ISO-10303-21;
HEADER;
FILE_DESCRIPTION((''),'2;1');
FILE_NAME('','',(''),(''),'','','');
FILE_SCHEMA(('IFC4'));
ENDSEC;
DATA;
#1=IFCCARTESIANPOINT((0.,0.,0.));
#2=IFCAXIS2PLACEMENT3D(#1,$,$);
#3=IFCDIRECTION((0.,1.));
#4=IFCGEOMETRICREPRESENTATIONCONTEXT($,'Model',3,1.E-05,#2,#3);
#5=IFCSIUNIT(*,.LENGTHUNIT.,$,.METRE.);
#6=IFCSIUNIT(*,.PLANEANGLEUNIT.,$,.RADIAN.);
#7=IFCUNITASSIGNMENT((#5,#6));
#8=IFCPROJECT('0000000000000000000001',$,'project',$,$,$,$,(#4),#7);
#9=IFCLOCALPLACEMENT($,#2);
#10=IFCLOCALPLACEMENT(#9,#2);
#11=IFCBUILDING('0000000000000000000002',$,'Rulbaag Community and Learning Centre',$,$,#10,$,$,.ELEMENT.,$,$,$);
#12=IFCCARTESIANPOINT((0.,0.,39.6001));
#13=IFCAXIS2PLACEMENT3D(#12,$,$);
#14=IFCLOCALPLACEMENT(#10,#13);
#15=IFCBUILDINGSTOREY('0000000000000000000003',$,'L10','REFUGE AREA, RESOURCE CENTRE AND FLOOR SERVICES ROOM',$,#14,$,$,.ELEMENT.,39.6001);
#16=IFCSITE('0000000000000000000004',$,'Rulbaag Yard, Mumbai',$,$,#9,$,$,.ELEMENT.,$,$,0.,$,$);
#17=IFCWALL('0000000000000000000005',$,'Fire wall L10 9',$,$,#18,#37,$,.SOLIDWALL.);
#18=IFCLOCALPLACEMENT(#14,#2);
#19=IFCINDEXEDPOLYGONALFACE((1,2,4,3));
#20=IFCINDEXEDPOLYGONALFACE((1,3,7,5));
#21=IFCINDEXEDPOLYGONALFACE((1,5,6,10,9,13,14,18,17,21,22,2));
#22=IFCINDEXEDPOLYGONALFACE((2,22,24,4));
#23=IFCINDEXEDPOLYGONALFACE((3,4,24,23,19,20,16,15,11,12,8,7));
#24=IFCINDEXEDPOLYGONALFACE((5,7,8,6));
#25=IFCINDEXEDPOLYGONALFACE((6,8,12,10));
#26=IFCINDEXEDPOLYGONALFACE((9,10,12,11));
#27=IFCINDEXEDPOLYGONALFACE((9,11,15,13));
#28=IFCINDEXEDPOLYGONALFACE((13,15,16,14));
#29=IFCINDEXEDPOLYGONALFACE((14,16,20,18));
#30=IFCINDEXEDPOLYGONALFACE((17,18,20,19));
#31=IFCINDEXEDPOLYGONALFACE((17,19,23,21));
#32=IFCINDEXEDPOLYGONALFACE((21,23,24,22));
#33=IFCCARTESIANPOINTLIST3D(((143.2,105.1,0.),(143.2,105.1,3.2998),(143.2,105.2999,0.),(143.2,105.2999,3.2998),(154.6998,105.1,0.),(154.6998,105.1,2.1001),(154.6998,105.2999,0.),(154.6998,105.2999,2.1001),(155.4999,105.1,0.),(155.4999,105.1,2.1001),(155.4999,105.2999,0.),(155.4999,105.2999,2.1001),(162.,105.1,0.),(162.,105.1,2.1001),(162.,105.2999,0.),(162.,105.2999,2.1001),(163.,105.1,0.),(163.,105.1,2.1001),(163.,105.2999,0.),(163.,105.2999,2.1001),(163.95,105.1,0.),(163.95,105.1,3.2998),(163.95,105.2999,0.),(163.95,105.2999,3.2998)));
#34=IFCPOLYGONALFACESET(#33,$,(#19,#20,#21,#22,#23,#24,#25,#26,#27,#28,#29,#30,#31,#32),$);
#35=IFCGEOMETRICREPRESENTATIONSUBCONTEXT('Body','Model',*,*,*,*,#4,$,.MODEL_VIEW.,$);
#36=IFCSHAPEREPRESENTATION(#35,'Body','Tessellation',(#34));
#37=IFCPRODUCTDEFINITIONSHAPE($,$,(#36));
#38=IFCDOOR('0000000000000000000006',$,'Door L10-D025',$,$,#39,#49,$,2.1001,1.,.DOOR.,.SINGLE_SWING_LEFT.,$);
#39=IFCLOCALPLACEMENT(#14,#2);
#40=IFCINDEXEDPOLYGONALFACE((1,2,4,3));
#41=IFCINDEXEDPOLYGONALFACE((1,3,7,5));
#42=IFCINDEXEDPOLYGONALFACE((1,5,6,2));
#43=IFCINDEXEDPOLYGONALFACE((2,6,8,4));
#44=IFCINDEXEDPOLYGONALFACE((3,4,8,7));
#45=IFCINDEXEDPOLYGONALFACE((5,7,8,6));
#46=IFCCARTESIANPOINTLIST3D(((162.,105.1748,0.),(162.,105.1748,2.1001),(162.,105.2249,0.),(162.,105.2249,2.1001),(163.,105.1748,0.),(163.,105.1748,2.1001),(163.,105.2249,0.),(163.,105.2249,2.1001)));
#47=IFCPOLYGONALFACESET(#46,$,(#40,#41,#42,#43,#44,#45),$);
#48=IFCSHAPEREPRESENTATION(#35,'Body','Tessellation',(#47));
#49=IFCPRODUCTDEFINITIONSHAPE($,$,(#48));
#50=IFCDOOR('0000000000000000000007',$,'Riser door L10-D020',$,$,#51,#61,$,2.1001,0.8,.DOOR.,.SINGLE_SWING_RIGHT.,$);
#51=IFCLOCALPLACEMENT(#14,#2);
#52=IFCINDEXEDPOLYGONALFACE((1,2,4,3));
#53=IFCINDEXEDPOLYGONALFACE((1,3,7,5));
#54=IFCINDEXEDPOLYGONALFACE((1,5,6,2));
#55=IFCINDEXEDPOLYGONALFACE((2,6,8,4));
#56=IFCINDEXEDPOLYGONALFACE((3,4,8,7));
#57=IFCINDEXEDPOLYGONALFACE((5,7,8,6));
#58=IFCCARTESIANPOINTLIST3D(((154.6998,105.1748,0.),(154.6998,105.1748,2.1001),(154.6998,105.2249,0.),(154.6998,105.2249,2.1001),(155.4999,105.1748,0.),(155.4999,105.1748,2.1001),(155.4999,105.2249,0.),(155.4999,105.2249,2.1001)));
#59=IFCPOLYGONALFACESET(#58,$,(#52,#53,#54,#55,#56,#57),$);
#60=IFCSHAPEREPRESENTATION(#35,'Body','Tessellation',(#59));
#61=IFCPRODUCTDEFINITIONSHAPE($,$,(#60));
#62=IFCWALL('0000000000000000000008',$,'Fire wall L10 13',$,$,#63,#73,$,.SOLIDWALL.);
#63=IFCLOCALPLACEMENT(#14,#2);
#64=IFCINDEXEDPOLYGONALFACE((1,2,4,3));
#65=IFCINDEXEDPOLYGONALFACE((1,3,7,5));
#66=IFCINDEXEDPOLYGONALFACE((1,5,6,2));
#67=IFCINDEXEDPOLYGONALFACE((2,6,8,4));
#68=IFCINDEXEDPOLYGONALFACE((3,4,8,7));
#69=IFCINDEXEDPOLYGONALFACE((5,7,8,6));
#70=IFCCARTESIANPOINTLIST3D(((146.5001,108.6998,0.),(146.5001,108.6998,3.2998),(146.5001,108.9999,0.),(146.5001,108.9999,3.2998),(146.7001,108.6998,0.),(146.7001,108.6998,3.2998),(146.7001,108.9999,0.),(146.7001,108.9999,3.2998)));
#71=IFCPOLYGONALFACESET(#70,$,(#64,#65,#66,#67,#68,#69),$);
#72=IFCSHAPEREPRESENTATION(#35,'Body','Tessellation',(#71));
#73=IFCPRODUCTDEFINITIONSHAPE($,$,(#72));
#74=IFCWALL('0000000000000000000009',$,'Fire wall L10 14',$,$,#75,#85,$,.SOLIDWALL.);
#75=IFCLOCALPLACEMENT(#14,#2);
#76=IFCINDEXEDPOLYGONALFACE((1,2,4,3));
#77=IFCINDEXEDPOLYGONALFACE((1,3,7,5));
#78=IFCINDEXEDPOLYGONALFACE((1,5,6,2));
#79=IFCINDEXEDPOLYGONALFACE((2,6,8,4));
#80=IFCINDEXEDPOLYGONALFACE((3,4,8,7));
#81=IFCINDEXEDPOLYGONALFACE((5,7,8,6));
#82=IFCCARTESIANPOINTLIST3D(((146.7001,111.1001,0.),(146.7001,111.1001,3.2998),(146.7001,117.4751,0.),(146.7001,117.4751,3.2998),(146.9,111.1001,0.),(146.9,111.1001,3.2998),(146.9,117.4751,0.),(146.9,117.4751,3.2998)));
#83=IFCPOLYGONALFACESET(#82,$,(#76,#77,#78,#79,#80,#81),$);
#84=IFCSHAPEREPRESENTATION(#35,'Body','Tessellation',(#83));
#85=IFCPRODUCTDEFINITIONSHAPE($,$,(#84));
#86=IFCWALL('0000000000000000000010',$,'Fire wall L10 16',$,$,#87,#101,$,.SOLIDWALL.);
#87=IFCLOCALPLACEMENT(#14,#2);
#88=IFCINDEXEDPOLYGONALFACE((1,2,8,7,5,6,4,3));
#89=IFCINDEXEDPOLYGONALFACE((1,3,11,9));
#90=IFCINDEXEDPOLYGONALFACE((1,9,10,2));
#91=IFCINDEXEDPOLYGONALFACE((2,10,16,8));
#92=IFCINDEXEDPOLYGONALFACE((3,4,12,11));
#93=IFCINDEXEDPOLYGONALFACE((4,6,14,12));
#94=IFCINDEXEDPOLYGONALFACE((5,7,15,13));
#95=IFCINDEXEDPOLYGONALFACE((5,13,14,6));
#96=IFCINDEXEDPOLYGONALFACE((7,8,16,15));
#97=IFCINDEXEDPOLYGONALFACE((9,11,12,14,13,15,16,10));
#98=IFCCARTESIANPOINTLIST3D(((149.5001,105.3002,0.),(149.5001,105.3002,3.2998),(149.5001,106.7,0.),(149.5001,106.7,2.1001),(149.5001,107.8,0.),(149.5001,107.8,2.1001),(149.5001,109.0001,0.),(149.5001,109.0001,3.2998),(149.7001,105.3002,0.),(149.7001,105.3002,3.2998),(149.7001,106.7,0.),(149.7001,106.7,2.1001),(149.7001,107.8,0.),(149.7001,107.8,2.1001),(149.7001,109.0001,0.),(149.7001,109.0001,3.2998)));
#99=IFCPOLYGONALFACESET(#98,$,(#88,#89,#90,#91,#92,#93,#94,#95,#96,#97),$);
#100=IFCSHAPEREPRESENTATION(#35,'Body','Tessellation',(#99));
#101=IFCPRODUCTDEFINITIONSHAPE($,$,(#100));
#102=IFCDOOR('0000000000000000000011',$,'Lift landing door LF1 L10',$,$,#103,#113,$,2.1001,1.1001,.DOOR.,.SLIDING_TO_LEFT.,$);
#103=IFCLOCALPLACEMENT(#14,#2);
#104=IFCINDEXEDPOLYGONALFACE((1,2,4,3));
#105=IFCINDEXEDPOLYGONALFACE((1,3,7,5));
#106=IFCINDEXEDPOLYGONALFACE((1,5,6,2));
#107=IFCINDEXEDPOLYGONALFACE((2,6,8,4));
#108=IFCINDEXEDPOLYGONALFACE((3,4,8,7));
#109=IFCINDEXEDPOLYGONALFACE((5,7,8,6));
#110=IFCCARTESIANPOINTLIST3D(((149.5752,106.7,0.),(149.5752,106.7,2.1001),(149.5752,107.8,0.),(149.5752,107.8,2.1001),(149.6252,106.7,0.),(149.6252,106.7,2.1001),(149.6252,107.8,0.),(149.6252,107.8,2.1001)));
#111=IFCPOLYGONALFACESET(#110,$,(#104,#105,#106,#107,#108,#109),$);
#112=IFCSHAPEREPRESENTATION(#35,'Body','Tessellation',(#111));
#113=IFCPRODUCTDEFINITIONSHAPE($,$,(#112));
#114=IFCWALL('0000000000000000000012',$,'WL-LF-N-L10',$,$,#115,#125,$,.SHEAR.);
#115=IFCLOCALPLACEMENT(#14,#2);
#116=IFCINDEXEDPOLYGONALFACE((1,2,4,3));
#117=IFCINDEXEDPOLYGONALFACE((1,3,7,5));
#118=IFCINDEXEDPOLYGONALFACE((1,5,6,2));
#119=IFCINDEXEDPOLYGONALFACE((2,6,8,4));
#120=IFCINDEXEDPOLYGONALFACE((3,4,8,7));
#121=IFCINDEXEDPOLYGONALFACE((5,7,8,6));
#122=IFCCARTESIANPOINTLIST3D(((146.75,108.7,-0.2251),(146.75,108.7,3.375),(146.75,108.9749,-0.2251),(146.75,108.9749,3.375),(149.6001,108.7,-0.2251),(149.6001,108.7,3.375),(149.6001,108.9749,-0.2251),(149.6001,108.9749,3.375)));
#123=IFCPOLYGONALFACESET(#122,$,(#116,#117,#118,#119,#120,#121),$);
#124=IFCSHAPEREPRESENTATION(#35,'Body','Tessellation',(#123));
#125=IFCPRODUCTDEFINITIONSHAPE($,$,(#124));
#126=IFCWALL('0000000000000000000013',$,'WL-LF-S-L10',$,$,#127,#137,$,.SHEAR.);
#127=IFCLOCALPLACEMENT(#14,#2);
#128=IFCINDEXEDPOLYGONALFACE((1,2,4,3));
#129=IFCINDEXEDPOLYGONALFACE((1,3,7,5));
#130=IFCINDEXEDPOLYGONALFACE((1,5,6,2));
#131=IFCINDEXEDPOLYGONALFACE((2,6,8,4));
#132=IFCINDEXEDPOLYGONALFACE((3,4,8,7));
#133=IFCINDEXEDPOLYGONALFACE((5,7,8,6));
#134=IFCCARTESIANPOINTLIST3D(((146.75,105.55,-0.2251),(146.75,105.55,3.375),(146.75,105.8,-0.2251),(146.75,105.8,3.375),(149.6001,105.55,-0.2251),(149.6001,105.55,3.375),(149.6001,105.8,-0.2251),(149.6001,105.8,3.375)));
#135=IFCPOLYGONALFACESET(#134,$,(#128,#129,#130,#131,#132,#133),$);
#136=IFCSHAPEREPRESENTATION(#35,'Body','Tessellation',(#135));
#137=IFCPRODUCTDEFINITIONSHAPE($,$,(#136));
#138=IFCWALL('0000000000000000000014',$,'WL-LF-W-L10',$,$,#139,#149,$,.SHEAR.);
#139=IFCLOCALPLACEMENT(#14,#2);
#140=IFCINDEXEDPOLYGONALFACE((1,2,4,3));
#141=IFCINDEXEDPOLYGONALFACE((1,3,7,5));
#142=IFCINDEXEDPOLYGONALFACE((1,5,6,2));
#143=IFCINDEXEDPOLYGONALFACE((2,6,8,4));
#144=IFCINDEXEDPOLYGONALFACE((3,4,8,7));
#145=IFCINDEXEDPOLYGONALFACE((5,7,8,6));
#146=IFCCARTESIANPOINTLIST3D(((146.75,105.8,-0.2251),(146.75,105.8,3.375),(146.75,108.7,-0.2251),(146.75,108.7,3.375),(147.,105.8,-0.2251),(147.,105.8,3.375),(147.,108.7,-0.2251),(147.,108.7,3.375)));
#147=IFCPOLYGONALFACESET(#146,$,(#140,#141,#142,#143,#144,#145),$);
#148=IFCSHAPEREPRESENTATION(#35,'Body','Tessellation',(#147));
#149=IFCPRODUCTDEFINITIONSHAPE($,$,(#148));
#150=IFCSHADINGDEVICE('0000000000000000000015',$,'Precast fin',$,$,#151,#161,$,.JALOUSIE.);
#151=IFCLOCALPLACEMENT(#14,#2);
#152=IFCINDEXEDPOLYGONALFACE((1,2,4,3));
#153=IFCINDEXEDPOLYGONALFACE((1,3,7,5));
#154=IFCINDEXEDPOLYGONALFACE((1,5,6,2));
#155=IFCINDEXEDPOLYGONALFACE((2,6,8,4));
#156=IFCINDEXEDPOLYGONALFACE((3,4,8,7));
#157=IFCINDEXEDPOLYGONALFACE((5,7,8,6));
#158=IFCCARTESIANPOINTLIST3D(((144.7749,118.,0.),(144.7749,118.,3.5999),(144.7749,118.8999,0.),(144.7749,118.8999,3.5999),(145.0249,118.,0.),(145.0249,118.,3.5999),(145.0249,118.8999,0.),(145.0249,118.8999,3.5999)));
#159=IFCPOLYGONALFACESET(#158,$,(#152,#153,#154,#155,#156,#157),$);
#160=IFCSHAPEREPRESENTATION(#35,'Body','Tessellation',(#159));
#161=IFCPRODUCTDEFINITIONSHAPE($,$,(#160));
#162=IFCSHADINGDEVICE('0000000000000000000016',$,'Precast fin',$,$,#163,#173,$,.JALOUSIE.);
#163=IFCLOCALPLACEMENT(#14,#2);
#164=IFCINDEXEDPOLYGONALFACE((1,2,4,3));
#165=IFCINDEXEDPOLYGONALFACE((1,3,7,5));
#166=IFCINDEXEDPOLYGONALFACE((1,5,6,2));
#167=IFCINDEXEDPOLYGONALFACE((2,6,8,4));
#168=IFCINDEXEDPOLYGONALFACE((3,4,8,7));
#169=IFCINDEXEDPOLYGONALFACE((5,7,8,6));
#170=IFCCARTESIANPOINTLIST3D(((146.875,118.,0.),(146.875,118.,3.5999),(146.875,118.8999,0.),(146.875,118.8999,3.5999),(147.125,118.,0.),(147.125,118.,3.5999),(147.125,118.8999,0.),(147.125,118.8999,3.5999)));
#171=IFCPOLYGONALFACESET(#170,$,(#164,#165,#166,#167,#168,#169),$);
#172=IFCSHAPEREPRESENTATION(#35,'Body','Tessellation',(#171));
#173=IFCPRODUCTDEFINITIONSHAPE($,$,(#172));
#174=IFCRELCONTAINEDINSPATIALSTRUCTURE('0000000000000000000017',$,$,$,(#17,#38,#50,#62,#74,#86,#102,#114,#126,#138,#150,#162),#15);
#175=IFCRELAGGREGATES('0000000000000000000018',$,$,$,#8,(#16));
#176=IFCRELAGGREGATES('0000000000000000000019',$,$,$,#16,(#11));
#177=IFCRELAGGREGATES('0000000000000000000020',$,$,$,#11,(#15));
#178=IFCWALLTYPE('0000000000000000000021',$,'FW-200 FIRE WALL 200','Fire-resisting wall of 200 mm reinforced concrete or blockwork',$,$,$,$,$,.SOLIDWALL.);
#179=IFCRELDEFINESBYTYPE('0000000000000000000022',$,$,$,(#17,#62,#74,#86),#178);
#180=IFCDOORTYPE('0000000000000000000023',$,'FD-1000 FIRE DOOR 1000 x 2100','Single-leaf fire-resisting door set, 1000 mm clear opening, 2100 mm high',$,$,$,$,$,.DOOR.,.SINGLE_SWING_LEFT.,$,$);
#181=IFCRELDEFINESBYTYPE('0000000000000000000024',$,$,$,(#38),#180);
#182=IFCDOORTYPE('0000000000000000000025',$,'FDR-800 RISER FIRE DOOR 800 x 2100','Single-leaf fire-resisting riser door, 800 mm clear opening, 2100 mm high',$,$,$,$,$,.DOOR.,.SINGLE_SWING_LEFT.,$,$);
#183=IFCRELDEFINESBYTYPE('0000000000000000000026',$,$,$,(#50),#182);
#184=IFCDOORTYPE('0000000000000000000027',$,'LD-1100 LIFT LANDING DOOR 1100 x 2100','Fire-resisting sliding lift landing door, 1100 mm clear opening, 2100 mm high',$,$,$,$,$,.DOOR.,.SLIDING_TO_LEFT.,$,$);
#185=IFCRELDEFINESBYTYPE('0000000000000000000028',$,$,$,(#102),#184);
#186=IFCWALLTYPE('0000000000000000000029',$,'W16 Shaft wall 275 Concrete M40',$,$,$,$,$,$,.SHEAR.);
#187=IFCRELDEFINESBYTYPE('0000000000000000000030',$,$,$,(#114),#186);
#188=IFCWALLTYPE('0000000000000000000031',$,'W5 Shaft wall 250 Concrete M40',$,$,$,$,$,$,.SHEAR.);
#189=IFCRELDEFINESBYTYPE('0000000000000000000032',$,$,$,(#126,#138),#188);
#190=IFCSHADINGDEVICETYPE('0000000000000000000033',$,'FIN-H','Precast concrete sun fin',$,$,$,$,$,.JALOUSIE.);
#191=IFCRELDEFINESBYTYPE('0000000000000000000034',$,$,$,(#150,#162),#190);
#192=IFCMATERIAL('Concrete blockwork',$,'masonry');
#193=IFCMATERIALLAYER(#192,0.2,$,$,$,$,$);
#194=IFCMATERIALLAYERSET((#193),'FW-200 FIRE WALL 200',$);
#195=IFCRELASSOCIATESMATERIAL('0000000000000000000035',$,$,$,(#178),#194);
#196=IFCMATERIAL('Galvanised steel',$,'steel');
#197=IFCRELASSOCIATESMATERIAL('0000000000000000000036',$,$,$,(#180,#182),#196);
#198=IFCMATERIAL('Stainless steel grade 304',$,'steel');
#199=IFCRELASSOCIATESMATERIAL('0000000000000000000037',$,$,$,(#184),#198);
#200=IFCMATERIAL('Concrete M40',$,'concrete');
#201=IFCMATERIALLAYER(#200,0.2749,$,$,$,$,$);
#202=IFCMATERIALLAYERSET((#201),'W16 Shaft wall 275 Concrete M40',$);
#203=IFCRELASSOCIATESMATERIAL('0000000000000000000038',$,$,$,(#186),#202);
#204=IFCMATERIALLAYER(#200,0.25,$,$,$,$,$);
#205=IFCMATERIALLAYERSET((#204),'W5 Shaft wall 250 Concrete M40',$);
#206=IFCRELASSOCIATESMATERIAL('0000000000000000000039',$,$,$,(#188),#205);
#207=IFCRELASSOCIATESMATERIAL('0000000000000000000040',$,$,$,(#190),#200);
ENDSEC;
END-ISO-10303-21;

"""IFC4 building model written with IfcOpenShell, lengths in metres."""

from ifc_helpers import new_model, si_unit, direction, frame, frame_2d, origin, origin_2d, place, context, subcontext, project, spatial, rectangle, extrude, material, layer, layer_set, material_profile, profile_set, type_object, element, fill, save


model = new_model("IFC4")

# Units and contexts
model_context = context("Model", 3, precision=1e-05, world=origin(), true_north=direction((0.0, 1.0)))
body_context = subcontext(model_context, "Body", "Model", "MODEL_VIEW")
ifc_project = project(units=[si_unit("LENGTHUNIT", "METRE"), si_unit("PLANEANGLEUNIT", "RADIAN")], contexts=[model_context])

# Site, building, storey
site_placement = place(None, origin())
site = spatial("IfcSite", under=ifc_project, at=site_placement, Name="Rulbaag Yard, Mumbai", CompositionType="ELEMENT", RefElevation=0.0)
building_placement = place(site_placement, origin())
building = spatial("IfcBuilding", under=site, at=building_placement, Name="Rulbaag Community and Learning Centre", CompositionType="ELEMENT")
storey_placement = place(building_placement, frame((0.0, 0.0, 39.6001)))
storey = spatial("IfcBuildingStorey", under=building, at=storey_placement, Name="L10", Description="REFUGE AREA, RESOURCE CENTRE AND FLOOR SERVICES ROOM", CompositionType="ELEMENT", Elevation=39.6001)

# Shared definitions
ifc_material_1 = material(Name="Concrete M40", Category="concrete")

# Wall, openings, doors
ifc_material_2 = material(Name="Concrete blockwork", Category="masonry")
ifc_layer_1 = layer(ifc_material_2, 0.2)
ifc_layer_set_1 = layer_set([ifc_layer_1], Name="FW-200 FIRE WALL 200")
wall_type_1 = type_object("IfcWallType", Name="FW-200 FIRE WALL 200", Description="Fire-resisting wall of 200 mm reinforced concrete or blockwork", PredefinedType="SOLIDWALL", material=ifc_layer_set_1)
wall_1_placement = place(storey_placement, frame((143.2, 105.2, 0.0), z_axis=(0.0, 0.0, 1.0), x_axis=(1.0, 0.0, 0.0)))
wall_1 = element("IfcWall", 1, at=wall_1_placement, inside=storey, type_object=wall_type_1, Name="Fire wall L10 9", PredefinedType="SOLIDWALL", context=body_context, shape_type="SweptSolid", body=[
    extrude(rectangle(XDim=20.75, YDim=0.2, at=frame_2d((10.375, 0.0))), origin(), (0.0, 0.0, 1.0), 3.2998),
])
opening_1_placement = place(wall_1_placement, frame((11.5, 0.0, 0.0)))
opening_1 = element("IfcOpeningElement", 2, at=opening_1_placement, cuts=wall_1, PredefinedType="OPENING", context=body_context, shape_type="SweptSolid", body=[
    extrude(rectangle(XDim=0.8, YDim=2.1001, at=frame_2d((0.3999, 1.05))), frame((0.0, 0.1099, 0.0), z_axis=(0.0, -1.0, 0.0), x_axis=(1.0, 0.0, 0.0)), (0.0, 0.0, 1.0), 0.22),
])
opening_2_placement = place(wall_1_placement, frame((18.8, 0.0, 0.0)))
opening_2 = element("IfcOpeningElement", 3, at=opening_2_placement, cuts=wall_1, PredefinedType="OPENING", context=body_context, shape_type="SweptSolid", body=[
    extrude(rectangle(XDim=1.0, YDim=2.1001, at=frame_2d((0.5, 1.05))), frame((0.0, 0.1099, 0.0), z_axis=(0.0, -1.0, 0.0), x_axis=(1.0, 0.0, 0.0)), (0.0, 0.0, 1.0), 0.22),
])
ifc_material_3 = material(Name="Galvanised steel", Category="steel")
door_type_1 = type_object("IfcDoorType", Name="FD-1000 FIRE DOOR 1000 x 2100", Description="Single-leaf fire-resisting door set, 1000 mm clear opening, 2100 mm high", OperationType="SINGLE_SWING_LEFT", PredefinedType="DOOR", material=ifc_material_3)
door_1_placement = place(opening_2_placement, origin())
door_1 = element("IfcDoor", 4, at=door_1_placement, inside=storey, type_object=door_type_1, Name="Door L10-D025", OperationType="SINGLE_SWING_LEFT", OverallHeight=2.1001, OverallWidth=1.0, PredefinedType="DOOR", context=body_context, shape_type="SweptSolid", body=[
    extrude(rectangle(XDim=1.0, YDim=2.1001, at=frame_2d((0.5, 1.05))), frame((0.0, 0.0249, 0.0), z_axis=(0.0, -1.0, 0.0), x_axis=(1.0, 0.0, 0.0)), (0.0, 0.0, 1.0), 0.05),
])
fill(opening_2, door_1)
door_type_2 = type_object("IfcDoorType", Name="FDR-800 RISER FIRE DOOR 800 x 2100", Description="Single-leaf fire-resisting riser door, 800 mm clear opening, 2100 mm high", OperationType="SINGLE_SWING_LEFT", PredefinedType="DOOR", material=ifc_material_3)
door_2_placement = place(opening_1_placement, origin())
door_2 = element("IfcDoor", 5, at=door_2_placement, inside=storey, type_object=door_type_2, Name="Riser door L10-D020", OperationType="SINGLE_SWING_RIGHT", OverallHeight=2.1001, OverallWidth=0.8, PredefinedType="DOOR", context=body_context, shape_type="SweptSolid", body=[
    extrude(rectangle(XDim=0.8, YDim=2.1001, at=frame_2d((0.3999, 1.05))), frame((0.0, 0.0249, 0.0), z_axis=(0.0, -1.0, 0.0), x_axis=(1.0, 0.0, 0.0)), (0.0, 0.0, 1.0), 0.05),
])
fill(opening_1, door_2)

# Walls
wall_2_placement = place(storey_placement, frame((146.6001, 108.7, 0.0), z_axis=(0.0, 0.0, 1.0), x_axis=(0.0, 1.0, 0.0)))
element("IfcWall", 6, at=wall_2_placement, inside=storey, type_object=wall_type_1, Name="Fire wall L10 13", PredefinedType="SOLIDWALL", context=body_context, shape_type="SweptSolid", body=[
    extrude(rectangle(XDim=0.3, YDim=0.2, at=frame_2d((0.1499, 0.0))), origin(), (0.0, 0.0, 1.0), 3.2998),
])
wall_3_placement = place(storey_placement, frame((146.8, 111.1001, 0.0), z_axis=(0.0, 0.0, 1.0), x_axis=(0.0, 1.0, 0.0)))
element("IfcWall", 7, at=wall_3_placement, inside=storey, type_object=wall_type_1, Name="Fire wall L10 14", PredefinedType="SOLIDWALL", context=body_context, shape_type="SweptSolid", body=[
    extrude(rectangle(XDim=6.375, YDim=0.2, at=frame_2d((3.1875, 0.0))), origin(), (0.0, 0.0, 1.0), 3.2998),
])

# Wall, opening, door
wall_4_placement = place(storey_placement, frame((149.6001, 105.3, 0.0), z_axis=(0.0, 0.0, 1.0), x_axis=(0.0, 1.0, 0.0)))
wall_4 = element("IfcWall", 8, at=wall_4_placement, inside=storey, type_object=wall_type_1, Name="Fire wall L10 16", PredefinedType="SOLIDWALL", context=body_context, shape_type="SweptSolid", body=[
    extrude(rectangle(XDim=3.7, YDim=0.2, at=frame_2d((1.8501, 0.0))), origin(), (0.0, 0.0, 1.0), 3.2998),
])
opening_3_placement = place(wall_4_placement, frame((1.3999, 0.0, 0.0)))
opening_3 = element("IfcOpeningElement", 9, at=opening_3_placement, cuts=wall_4, PredefinedType="OPENING", context=body_context, shape_type="SweptSolid", body=[
    extrude(rectangle(XDim=1.1001, YDim=2.1001, at=frame_2d((0.55, 1.05))), frame((0.0, 0.1099, 0.0), z_axis=(0.0, -1.0, 0.0), x_axis=(1.0, 0.0, 0.0)), (0.0, 0.0, 1.0), 0.22),
])
ifc_material_4 = material(Name="Stainless steel grade 304", Category="steel")
door_type_3 = type_object("IfcDoorType", Name="LD-1100 LIFT LANDING DOOR 1100 x 2100", Description="Fire-resisting sliding lift landing door, 1100 mm clear opening, 2100 mm high", OperationType="SLIDING_TO_LEFT", PredefinedType="DOOR", material=ifc_material_4)
door_3_placement = place(opening_3_placement, origin())
door_3 = element("IfcDoor", 10, at=door_3_placement, inside=storey, type_object=door_type_3, Name="Lift landing door LF1 L10", OperationType="SLIDING_TO_LEFT", OverallHeight=2.1001, OverallWidth=1.1001, PredefinedType="DOOR", context=body_context, shape_type="SweptSolid", body=[
    extrude(rectangle(XDim=1.1001, YDim=2.1001, at=frame_2d((0.55, 1.05))), frame((0.0, 0.0249, 0.0), z_axis=(0.0, -1.0, 0.0), x_axis=(1.0, 0.0, 0.0)), (0.0, 0.0, 1.0), 0.05),
])
fill(opening_3, door_3)

# Walls
ifc_layer_2 = layer(ifc_material_1, 0.2749)
ifc_layer_set_2 = layer_set([ifc_layer_2], Name="W16 Shaft wall 275 Concrete M40")
wall_type_2 = type_object("IfcWallType", Name="W16 Shaft wall 275 Concrete M40", PredefinedType="SHEAR", material=ifc_layer_set_2)
wall_5_placement = place(storey_placement, frame((146.75, 108.8374, -0.2251), z_axis=(0.0, 0.0, 1.0), x_axis=(1.0, 0.0, 0.0)))
element("IfcWall", 11, at=wall_5_placement, inside=storey, type_object=wall_type_2, Name="WL-LF-N-L10", PredefinedType="SHEAR", context=body_context, shape_type="SweptSolid", body=[
    extrude(rectangle(XDim=2.8501, YDim=0.2749, at=frame_2d((1.425, 0.0))), origin(), (0.0, 0.0, 1.0), 3.6001),
])
ifc_layer_3 = layer(ifc_material_1, 0.25)
ifc_layer_set_3 = layer_set([ifc_layer_3], Name="W5 Shaft wall 250 Concrete M40")
wall_type_3 = type_object("IfcWallType", Name="W5 Shaft wall 250 Concrete M40", PredefinedType="SHEAR", material=ifc_layer_set_3)
wall_6_placement = place(storey_placement, frame((146.75, 105.675, -0.2251), z_axis=(0.0, 0.0, 1.0), x_axis=(1.0, 0.0, 0.0)))
element("IfcWall", 12, at=wall_6_placement, inside=storey, type_object=wall_type_3, Name="WL-LF-S-L10", PredefinedType="SHEAR", context=body_context, shape_type="SweptSolid", body=[
    extrude(rectangle(XDim=2.8501, YDim=0.25, at=frame_2d((1.425, 0.0))), origin(), (0.0, 0.0, 1.0), 3.6001),
])
wall_7_placement = place(storey_placement, frame((146.875, 105.8, -0.2251), z_axis=(0.0, 0.0, 1.0), x_axis=(0.0, 1.0, 0.0)))
element("IfcWall", 13, at=wall_7_placement, inside=storey, type_object=wall_type_3, Name="WL-LF-W-L10", PredefinedType="SHEAR", context=body_context, shape_type="SweptSolid", body=[
    extrude(rectangle(XDim=2.8999, YDim=0.25, at=frame_2d((1.45, 0.0))), origin(), (0.0, 0.0, 1.0), 3.6001),
])

# Shading devices
ifc_material_profile_1 = material_profile(ifc_material_1, rectangle(XDim=0.25, YDim=0.8999, at=origin_2d()), Name="PC 250x900")
ifc_profile_set_1 = profile_set([ifc_material_profile_1], Name="Concrete M40")
shading_device_type = type_object("IfcShadingDeviceType", Name="FIN-H", Description="Precast concrete sun fin", PredefinedType="JALOUSIE", material=ifc_profile_set_1)
for number, where, z_axis, x_axis, name in (
    (14, (144.8999, 118.45, 0.0), (0.0, 0.0, 1.0), (1.0, 0.0, 0.0), "Precast fin"),
    (15, (147.0, 118.45, 0.0), (0.0, 0.0, 1.0), (1.0, 0.0, 0.0), "Precast fin"),
):
    element("IfcShadingDevice", number, at=place(storey_placement, frame(where, z_axis=z_axis, x_axis=x_axis)), inside=storey, type_object=shading_device_type, Name=name, PredefinedType="JALOUSIE", context=body_context, shape_type="SweptSolid", body=[
        extrude(rectangle(XDim=0.25, YDim=0.8999, at=origin_2d()), origin(), (0.0, 0.0, 1.0), 3.5999),
    ])

save(model, "model.ifc")
